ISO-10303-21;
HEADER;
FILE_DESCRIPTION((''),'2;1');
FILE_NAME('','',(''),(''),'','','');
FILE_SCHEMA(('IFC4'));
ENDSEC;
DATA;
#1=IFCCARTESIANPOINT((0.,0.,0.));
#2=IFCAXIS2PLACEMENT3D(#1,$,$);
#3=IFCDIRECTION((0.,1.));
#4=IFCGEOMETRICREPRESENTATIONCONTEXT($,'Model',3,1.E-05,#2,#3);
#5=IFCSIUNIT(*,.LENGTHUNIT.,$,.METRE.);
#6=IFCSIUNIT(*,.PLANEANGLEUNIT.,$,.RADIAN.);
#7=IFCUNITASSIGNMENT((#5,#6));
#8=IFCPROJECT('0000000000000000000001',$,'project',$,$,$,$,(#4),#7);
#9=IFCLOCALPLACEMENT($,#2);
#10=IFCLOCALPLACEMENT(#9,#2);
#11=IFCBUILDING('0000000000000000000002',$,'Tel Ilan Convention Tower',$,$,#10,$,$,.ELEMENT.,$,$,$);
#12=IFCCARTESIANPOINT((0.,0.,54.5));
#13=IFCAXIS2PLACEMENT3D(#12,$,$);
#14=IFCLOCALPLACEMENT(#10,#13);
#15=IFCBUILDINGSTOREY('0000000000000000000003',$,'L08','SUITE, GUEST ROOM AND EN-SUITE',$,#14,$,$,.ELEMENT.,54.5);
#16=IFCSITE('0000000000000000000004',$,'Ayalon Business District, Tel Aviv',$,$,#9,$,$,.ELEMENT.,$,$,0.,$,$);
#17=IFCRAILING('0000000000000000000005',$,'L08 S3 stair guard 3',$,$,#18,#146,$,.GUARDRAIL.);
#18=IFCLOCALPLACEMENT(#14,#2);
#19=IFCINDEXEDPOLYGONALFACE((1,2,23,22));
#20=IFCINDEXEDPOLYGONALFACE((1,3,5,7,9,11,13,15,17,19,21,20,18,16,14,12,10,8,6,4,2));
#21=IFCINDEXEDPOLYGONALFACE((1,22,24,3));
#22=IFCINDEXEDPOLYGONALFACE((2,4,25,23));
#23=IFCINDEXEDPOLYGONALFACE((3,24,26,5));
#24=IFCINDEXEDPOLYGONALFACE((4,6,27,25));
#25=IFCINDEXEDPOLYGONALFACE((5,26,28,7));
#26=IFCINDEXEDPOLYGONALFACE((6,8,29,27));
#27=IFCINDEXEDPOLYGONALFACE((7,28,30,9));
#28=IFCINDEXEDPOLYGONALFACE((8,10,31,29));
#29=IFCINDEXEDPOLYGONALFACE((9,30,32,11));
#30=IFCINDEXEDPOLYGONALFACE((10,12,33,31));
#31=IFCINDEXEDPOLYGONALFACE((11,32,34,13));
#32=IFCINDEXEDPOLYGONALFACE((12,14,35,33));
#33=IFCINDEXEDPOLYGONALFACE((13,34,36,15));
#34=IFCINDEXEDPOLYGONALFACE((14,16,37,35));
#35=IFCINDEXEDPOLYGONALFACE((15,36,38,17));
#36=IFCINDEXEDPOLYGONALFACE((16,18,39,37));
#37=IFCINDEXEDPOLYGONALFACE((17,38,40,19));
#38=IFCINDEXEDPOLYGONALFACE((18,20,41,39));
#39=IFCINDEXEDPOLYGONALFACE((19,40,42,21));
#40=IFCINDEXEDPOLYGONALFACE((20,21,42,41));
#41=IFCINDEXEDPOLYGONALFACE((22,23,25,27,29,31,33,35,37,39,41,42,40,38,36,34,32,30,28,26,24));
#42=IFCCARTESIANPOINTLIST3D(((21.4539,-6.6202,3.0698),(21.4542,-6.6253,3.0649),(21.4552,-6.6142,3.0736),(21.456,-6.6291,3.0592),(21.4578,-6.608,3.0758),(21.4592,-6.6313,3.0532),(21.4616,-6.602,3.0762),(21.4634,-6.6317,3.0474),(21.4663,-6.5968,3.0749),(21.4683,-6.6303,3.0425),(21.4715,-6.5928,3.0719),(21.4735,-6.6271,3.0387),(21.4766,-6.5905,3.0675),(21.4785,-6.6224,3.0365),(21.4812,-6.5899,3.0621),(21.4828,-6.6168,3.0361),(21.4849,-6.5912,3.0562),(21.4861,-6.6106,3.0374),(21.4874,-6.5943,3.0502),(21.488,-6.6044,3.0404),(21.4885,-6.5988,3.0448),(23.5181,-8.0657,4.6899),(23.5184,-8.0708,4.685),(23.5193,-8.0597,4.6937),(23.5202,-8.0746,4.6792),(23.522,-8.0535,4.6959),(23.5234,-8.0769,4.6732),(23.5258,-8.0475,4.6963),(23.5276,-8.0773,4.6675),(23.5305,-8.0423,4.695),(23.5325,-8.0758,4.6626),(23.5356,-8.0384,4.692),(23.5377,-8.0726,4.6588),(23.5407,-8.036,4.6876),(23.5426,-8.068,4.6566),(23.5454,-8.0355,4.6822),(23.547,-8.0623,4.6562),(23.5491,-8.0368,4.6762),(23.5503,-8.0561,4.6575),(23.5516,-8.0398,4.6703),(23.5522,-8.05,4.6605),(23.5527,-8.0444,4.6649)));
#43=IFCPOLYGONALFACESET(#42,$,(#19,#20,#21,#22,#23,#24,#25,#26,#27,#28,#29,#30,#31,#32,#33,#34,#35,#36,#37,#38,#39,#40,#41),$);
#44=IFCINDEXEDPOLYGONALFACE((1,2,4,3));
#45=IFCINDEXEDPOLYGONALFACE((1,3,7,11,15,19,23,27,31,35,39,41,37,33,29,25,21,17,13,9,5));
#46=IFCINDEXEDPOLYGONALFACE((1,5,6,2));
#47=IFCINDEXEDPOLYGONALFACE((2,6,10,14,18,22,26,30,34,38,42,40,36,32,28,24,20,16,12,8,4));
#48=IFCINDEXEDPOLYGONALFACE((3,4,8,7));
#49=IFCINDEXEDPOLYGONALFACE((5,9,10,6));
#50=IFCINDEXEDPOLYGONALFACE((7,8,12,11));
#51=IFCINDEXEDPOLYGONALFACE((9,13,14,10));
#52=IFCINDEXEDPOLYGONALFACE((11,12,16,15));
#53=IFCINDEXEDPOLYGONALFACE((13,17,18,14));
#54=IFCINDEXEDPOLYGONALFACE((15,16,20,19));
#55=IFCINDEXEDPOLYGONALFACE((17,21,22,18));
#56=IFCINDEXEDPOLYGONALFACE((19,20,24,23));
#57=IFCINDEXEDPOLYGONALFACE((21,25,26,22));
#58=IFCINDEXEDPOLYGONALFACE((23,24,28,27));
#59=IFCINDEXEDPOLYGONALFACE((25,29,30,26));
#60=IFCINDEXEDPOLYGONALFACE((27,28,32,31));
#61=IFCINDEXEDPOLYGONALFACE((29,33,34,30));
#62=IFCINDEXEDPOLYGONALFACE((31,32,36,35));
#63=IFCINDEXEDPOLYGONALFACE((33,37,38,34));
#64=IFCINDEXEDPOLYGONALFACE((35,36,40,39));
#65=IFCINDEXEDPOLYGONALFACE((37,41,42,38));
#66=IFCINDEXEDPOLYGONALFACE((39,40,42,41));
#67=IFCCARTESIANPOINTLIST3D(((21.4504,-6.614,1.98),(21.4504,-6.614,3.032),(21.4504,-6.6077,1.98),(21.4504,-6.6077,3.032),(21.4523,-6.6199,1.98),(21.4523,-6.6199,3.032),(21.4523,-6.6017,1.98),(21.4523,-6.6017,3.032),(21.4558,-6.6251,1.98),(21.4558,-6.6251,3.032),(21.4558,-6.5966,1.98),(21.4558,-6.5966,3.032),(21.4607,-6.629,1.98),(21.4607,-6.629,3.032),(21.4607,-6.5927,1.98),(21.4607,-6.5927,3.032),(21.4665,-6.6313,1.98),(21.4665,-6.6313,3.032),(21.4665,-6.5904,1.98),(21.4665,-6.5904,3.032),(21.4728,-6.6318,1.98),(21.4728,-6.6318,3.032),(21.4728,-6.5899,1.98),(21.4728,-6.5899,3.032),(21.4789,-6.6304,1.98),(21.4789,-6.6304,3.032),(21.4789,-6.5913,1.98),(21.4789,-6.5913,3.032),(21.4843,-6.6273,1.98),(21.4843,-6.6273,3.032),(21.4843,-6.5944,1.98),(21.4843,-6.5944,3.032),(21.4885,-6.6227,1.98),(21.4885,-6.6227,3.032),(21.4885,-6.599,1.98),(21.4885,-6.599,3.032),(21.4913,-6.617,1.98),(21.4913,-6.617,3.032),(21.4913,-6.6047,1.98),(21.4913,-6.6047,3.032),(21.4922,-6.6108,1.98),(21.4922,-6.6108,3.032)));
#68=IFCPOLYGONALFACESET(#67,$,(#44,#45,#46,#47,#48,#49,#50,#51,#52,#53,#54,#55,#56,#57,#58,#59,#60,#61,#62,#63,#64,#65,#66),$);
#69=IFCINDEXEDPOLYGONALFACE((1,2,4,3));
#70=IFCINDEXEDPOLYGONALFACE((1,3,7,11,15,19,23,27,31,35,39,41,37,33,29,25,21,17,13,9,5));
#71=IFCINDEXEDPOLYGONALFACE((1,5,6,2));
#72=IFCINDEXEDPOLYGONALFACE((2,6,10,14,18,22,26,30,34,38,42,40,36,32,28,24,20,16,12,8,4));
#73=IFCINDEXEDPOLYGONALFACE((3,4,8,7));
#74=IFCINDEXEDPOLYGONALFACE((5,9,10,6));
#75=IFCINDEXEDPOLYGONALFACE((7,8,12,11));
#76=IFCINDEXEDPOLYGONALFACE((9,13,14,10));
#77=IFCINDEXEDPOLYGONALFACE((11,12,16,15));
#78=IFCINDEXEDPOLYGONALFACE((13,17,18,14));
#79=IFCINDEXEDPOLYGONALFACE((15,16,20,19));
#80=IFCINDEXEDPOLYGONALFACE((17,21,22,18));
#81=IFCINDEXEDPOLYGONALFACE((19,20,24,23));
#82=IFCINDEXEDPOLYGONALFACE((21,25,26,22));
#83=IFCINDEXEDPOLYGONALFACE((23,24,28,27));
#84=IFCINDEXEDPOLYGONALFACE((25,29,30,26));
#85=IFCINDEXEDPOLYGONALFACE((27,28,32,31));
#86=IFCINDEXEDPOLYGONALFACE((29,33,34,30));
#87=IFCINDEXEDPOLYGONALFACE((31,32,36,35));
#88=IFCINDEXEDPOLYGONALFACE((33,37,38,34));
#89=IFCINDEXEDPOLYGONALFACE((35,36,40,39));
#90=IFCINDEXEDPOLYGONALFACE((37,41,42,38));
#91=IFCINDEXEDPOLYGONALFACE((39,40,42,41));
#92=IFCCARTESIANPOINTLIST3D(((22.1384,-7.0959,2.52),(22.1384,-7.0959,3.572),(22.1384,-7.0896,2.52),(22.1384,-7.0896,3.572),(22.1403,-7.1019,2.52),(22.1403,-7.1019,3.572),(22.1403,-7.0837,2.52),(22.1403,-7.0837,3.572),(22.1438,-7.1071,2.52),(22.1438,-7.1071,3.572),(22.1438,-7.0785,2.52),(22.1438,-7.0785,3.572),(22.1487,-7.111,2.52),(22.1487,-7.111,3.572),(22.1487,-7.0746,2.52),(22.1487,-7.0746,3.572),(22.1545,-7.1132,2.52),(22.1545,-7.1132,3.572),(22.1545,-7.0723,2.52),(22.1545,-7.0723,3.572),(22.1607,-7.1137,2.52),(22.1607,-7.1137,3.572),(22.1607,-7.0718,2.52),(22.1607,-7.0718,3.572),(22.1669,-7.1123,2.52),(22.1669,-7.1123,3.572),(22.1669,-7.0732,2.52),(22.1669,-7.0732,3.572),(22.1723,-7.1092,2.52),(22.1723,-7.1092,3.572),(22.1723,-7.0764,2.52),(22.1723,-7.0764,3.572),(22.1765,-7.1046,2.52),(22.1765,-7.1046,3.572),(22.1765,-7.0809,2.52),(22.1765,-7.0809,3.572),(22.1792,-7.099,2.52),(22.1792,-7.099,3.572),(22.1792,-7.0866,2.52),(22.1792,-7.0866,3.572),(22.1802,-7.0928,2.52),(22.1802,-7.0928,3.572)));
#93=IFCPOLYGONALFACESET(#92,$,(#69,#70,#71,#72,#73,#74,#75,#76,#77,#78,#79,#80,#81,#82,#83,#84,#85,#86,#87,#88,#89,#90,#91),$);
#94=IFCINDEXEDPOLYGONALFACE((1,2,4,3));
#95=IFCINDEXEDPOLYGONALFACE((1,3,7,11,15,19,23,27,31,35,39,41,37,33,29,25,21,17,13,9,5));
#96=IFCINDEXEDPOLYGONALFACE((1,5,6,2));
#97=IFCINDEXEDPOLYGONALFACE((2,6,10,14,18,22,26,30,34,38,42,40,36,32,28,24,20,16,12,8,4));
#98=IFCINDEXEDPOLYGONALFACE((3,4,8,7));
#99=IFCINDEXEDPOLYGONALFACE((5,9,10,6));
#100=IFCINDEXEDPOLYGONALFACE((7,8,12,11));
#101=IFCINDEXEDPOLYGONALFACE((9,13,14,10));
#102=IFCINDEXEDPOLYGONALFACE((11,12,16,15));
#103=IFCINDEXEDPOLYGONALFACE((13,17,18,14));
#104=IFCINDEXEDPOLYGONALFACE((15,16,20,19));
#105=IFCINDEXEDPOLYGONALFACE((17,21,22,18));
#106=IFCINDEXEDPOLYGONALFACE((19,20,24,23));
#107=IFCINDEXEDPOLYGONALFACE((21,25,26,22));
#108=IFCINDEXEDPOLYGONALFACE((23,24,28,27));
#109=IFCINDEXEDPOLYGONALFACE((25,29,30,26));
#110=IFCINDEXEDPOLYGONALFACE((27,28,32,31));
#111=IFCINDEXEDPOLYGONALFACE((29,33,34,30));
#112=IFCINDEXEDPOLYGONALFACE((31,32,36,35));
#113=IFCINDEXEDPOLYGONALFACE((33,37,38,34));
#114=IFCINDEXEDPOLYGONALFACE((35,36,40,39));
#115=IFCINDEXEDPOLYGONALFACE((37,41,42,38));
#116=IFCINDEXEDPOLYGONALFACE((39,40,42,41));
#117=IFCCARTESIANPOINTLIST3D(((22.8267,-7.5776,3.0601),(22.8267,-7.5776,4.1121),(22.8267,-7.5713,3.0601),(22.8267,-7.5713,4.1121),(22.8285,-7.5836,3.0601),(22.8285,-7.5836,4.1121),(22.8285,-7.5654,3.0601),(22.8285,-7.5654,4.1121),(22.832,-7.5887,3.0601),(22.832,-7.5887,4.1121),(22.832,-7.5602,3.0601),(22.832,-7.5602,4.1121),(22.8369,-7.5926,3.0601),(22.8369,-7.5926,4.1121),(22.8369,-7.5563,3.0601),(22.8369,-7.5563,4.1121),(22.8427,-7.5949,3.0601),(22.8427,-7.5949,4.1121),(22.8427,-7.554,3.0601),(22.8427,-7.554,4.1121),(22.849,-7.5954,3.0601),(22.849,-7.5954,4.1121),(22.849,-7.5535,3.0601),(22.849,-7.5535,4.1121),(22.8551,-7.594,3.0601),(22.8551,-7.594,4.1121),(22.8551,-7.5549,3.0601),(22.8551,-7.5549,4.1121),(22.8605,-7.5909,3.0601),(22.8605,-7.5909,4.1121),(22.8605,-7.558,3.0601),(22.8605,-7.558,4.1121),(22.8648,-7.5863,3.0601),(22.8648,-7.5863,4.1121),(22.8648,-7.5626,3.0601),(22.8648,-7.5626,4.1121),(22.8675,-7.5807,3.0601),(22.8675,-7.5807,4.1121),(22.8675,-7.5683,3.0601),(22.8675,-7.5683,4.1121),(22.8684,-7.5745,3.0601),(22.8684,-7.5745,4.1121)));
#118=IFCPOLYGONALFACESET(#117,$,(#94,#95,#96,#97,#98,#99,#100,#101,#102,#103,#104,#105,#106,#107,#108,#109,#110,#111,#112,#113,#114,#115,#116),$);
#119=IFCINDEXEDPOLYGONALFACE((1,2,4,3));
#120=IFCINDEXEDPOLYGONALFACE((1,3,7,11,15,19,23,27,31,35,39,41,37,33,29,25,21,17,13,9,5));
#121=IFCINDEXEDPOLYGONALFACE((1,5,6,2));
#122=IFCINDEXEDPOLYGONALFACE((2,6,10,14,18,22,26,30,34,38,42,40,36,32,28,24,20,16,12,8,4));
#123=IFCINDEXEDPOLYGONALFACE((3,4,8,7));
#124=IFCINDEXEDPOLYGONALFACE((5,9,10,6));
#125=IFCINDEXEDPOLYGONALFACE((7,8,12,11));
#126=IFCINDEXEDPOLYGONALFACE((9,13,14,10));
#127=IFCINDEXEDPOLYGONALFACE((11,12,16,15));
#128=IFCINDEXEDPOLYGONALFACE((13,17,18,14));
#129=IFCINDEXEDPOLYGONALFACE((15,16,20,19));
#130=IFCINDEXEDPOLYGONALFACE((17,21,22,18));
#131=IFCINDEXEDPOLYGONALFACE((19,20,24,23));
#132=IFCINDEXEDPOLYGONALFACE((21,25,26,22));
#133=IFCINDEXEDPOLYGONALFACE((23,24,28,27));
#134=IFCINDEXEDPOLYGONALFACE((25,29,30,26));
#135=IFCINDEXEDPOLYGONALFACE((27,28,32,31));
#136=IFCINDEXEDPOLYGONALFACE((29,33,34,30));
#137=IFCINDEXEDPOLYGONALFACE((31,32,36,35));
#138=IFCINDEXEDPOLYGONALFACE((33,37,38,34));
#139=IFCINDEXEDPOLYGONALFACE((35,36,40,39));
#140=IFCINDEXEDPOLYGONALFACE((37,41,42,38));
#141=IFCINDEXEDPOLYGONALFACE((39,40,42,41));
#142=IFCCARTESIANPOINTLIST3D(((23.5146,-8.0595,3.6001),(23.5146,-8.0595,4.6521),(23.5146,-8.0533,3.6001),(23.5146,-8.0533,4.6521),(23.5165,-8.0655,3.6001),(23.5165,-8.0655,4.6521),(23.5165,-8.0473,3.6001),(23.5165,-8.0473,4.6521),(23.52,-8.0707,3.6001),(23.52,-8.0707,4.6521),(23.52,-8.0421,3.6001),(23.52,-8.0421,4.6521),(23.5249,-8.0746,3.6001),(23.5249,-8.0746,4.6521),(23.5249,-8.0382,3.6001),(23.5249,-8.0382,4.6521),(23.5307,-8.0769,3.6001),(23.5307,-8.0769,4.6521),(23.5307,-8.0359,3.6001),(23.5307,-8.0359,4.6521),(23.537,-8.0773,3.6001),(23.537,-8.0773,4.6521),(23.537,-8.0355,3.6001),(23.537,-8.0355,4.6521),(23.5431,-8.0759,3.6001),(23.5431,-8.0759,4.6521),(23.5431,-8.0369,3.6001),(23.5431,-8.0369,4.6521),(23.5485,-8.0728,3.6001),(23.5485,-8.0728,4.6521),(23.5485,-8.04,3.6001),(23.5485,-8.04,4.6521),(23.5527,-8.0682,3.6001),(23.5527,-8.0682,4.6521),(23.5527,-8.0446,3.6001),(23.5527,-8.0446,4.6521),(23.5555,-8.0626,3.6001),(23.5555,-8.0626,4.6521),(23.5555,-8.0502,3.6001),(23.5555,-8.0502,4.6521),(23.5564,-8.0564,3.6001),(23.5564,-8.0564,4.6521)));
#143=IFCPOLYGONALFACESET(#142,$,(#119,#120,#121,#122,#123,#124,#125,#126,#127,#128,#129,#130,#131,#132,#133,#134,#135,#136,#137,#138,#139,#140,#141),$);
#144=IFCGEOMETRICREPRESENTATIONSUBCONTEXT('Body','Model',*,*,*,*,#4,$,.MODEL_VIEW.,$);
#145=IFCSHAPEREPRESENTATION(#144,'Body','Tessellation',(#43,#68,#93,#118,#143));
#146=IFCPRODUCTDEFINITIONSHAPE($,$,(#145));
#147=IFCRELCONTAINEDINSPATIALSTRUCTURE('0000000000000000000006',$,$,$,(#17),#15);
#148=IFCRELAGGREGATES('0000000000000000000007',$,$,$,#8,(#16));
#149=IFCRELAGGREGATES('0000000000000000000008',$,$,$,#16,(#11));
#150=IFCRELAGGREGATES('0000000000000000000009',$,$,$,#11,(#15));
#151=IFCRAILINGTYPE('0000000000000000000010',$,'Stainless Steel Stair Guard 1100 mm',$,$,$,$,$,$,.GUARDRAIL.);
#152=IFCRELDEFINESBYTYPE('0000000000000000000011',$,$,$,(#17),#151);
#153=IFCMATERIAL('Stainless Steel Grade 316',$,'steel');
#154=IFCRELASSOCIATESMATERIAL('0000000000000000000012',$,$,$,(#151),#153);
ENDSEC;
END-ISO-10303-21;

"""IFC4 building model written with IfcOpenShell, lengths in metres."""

from ifc_helpers import new_model, si_unit, direction, frame, origin, origin_2d, place, context, subcontext, project, spatial, circle, extrude, material, type_object, element, save


model = new_model("IFC4")

# Units and contexts
model_context = context("Model", 3, precision=1e-05, world=origin(), true_north=direction((0.0, 1.0)))
body_context = subcontext(model_context, "Body", "Model", "MODEL_VIEW")
ifc_project = project(units=[si_unit("LENGTHUNIT", "METRE"), si_unit("PLANEANGLEUNIT", "RADIAN")], contexts=[model_context])

# Site, building, storey
site_placement = place(None, origin())
site = spatial("IfcSite", under=ifc_project, at=site_placement, Name="Ayalon Business District, Tel Aviv", CompositionType="ELEMENT", RefElevation=0.0)
building_placement = place(site_placement, origin())
building = spatial("IfcBuilding", under=site, at=building_placement, Name="Tel Ilan Convention Tower", CompositionType="ELEMENT")
storey_placement = place(building_placement, frame((0.0, 0.0, 54.5)))
storey = spatial("IfcBuildingStorey", under=building, at=storey_placement, Name="L08", Description="SUITE, GUEST ROOM AND EN-SUITE", CompositionType="ELEMENT", Elevation=54.5)

# Railing
ifc_material_1 = material(Name="Stainless Steel Grade 316", Category="steel")
railing_type_1 = type_object("IfcRailingType", Name="Stainless Steel Stair Guard 1100 mm", PredefinedType="GUARDRAIL", material=ifc_material_1)
railing_1_placement = place(storey_placement, frame((21.4712, -6.6108, 1.98)))
element("IfcRailing", 1, at=railing_1_placement, inside=storey, type_object=railing_type_1, Name="L08 S3 stair guard 3", PredefinedType="GUARDRAIL", context=body_context, shape_type="SweptSolid", body=[
    extrude(circle(Radius=0.0239, at=origin_2d()), frame((0.0, 0.0, 1.0762), z_axis=(0.689013, -0.482513, 0.540779), x_axis=(0.573625, 0.819118, 0.0)), (0.0, 0.0, 1.0), 2.9958),
    extrude(circle(Radius=0.021, at=origin_2d()), origin(), (0.0, 0.0, 1.0), 1.052),
    extrude(circle(Radius=0.021, at=origin_2d()), frame((0.688, -0.4819, 0.54)), (0.0, 0.0, 1.0), 1.052),
    extrude(circle(Radius=0.021, at=origin_2d()), frame((1.3762, -0.9636, 1.0801)), (0.0, 0.0, 1.0), 1.052),
    extrude(circle(Radius=0.021, at=origin_2d()), frame((2.0642, -1.4456, 1.6201)), (0.0, 0.0, 1.0), 1.052),
])

save(model, "model.ifc")
